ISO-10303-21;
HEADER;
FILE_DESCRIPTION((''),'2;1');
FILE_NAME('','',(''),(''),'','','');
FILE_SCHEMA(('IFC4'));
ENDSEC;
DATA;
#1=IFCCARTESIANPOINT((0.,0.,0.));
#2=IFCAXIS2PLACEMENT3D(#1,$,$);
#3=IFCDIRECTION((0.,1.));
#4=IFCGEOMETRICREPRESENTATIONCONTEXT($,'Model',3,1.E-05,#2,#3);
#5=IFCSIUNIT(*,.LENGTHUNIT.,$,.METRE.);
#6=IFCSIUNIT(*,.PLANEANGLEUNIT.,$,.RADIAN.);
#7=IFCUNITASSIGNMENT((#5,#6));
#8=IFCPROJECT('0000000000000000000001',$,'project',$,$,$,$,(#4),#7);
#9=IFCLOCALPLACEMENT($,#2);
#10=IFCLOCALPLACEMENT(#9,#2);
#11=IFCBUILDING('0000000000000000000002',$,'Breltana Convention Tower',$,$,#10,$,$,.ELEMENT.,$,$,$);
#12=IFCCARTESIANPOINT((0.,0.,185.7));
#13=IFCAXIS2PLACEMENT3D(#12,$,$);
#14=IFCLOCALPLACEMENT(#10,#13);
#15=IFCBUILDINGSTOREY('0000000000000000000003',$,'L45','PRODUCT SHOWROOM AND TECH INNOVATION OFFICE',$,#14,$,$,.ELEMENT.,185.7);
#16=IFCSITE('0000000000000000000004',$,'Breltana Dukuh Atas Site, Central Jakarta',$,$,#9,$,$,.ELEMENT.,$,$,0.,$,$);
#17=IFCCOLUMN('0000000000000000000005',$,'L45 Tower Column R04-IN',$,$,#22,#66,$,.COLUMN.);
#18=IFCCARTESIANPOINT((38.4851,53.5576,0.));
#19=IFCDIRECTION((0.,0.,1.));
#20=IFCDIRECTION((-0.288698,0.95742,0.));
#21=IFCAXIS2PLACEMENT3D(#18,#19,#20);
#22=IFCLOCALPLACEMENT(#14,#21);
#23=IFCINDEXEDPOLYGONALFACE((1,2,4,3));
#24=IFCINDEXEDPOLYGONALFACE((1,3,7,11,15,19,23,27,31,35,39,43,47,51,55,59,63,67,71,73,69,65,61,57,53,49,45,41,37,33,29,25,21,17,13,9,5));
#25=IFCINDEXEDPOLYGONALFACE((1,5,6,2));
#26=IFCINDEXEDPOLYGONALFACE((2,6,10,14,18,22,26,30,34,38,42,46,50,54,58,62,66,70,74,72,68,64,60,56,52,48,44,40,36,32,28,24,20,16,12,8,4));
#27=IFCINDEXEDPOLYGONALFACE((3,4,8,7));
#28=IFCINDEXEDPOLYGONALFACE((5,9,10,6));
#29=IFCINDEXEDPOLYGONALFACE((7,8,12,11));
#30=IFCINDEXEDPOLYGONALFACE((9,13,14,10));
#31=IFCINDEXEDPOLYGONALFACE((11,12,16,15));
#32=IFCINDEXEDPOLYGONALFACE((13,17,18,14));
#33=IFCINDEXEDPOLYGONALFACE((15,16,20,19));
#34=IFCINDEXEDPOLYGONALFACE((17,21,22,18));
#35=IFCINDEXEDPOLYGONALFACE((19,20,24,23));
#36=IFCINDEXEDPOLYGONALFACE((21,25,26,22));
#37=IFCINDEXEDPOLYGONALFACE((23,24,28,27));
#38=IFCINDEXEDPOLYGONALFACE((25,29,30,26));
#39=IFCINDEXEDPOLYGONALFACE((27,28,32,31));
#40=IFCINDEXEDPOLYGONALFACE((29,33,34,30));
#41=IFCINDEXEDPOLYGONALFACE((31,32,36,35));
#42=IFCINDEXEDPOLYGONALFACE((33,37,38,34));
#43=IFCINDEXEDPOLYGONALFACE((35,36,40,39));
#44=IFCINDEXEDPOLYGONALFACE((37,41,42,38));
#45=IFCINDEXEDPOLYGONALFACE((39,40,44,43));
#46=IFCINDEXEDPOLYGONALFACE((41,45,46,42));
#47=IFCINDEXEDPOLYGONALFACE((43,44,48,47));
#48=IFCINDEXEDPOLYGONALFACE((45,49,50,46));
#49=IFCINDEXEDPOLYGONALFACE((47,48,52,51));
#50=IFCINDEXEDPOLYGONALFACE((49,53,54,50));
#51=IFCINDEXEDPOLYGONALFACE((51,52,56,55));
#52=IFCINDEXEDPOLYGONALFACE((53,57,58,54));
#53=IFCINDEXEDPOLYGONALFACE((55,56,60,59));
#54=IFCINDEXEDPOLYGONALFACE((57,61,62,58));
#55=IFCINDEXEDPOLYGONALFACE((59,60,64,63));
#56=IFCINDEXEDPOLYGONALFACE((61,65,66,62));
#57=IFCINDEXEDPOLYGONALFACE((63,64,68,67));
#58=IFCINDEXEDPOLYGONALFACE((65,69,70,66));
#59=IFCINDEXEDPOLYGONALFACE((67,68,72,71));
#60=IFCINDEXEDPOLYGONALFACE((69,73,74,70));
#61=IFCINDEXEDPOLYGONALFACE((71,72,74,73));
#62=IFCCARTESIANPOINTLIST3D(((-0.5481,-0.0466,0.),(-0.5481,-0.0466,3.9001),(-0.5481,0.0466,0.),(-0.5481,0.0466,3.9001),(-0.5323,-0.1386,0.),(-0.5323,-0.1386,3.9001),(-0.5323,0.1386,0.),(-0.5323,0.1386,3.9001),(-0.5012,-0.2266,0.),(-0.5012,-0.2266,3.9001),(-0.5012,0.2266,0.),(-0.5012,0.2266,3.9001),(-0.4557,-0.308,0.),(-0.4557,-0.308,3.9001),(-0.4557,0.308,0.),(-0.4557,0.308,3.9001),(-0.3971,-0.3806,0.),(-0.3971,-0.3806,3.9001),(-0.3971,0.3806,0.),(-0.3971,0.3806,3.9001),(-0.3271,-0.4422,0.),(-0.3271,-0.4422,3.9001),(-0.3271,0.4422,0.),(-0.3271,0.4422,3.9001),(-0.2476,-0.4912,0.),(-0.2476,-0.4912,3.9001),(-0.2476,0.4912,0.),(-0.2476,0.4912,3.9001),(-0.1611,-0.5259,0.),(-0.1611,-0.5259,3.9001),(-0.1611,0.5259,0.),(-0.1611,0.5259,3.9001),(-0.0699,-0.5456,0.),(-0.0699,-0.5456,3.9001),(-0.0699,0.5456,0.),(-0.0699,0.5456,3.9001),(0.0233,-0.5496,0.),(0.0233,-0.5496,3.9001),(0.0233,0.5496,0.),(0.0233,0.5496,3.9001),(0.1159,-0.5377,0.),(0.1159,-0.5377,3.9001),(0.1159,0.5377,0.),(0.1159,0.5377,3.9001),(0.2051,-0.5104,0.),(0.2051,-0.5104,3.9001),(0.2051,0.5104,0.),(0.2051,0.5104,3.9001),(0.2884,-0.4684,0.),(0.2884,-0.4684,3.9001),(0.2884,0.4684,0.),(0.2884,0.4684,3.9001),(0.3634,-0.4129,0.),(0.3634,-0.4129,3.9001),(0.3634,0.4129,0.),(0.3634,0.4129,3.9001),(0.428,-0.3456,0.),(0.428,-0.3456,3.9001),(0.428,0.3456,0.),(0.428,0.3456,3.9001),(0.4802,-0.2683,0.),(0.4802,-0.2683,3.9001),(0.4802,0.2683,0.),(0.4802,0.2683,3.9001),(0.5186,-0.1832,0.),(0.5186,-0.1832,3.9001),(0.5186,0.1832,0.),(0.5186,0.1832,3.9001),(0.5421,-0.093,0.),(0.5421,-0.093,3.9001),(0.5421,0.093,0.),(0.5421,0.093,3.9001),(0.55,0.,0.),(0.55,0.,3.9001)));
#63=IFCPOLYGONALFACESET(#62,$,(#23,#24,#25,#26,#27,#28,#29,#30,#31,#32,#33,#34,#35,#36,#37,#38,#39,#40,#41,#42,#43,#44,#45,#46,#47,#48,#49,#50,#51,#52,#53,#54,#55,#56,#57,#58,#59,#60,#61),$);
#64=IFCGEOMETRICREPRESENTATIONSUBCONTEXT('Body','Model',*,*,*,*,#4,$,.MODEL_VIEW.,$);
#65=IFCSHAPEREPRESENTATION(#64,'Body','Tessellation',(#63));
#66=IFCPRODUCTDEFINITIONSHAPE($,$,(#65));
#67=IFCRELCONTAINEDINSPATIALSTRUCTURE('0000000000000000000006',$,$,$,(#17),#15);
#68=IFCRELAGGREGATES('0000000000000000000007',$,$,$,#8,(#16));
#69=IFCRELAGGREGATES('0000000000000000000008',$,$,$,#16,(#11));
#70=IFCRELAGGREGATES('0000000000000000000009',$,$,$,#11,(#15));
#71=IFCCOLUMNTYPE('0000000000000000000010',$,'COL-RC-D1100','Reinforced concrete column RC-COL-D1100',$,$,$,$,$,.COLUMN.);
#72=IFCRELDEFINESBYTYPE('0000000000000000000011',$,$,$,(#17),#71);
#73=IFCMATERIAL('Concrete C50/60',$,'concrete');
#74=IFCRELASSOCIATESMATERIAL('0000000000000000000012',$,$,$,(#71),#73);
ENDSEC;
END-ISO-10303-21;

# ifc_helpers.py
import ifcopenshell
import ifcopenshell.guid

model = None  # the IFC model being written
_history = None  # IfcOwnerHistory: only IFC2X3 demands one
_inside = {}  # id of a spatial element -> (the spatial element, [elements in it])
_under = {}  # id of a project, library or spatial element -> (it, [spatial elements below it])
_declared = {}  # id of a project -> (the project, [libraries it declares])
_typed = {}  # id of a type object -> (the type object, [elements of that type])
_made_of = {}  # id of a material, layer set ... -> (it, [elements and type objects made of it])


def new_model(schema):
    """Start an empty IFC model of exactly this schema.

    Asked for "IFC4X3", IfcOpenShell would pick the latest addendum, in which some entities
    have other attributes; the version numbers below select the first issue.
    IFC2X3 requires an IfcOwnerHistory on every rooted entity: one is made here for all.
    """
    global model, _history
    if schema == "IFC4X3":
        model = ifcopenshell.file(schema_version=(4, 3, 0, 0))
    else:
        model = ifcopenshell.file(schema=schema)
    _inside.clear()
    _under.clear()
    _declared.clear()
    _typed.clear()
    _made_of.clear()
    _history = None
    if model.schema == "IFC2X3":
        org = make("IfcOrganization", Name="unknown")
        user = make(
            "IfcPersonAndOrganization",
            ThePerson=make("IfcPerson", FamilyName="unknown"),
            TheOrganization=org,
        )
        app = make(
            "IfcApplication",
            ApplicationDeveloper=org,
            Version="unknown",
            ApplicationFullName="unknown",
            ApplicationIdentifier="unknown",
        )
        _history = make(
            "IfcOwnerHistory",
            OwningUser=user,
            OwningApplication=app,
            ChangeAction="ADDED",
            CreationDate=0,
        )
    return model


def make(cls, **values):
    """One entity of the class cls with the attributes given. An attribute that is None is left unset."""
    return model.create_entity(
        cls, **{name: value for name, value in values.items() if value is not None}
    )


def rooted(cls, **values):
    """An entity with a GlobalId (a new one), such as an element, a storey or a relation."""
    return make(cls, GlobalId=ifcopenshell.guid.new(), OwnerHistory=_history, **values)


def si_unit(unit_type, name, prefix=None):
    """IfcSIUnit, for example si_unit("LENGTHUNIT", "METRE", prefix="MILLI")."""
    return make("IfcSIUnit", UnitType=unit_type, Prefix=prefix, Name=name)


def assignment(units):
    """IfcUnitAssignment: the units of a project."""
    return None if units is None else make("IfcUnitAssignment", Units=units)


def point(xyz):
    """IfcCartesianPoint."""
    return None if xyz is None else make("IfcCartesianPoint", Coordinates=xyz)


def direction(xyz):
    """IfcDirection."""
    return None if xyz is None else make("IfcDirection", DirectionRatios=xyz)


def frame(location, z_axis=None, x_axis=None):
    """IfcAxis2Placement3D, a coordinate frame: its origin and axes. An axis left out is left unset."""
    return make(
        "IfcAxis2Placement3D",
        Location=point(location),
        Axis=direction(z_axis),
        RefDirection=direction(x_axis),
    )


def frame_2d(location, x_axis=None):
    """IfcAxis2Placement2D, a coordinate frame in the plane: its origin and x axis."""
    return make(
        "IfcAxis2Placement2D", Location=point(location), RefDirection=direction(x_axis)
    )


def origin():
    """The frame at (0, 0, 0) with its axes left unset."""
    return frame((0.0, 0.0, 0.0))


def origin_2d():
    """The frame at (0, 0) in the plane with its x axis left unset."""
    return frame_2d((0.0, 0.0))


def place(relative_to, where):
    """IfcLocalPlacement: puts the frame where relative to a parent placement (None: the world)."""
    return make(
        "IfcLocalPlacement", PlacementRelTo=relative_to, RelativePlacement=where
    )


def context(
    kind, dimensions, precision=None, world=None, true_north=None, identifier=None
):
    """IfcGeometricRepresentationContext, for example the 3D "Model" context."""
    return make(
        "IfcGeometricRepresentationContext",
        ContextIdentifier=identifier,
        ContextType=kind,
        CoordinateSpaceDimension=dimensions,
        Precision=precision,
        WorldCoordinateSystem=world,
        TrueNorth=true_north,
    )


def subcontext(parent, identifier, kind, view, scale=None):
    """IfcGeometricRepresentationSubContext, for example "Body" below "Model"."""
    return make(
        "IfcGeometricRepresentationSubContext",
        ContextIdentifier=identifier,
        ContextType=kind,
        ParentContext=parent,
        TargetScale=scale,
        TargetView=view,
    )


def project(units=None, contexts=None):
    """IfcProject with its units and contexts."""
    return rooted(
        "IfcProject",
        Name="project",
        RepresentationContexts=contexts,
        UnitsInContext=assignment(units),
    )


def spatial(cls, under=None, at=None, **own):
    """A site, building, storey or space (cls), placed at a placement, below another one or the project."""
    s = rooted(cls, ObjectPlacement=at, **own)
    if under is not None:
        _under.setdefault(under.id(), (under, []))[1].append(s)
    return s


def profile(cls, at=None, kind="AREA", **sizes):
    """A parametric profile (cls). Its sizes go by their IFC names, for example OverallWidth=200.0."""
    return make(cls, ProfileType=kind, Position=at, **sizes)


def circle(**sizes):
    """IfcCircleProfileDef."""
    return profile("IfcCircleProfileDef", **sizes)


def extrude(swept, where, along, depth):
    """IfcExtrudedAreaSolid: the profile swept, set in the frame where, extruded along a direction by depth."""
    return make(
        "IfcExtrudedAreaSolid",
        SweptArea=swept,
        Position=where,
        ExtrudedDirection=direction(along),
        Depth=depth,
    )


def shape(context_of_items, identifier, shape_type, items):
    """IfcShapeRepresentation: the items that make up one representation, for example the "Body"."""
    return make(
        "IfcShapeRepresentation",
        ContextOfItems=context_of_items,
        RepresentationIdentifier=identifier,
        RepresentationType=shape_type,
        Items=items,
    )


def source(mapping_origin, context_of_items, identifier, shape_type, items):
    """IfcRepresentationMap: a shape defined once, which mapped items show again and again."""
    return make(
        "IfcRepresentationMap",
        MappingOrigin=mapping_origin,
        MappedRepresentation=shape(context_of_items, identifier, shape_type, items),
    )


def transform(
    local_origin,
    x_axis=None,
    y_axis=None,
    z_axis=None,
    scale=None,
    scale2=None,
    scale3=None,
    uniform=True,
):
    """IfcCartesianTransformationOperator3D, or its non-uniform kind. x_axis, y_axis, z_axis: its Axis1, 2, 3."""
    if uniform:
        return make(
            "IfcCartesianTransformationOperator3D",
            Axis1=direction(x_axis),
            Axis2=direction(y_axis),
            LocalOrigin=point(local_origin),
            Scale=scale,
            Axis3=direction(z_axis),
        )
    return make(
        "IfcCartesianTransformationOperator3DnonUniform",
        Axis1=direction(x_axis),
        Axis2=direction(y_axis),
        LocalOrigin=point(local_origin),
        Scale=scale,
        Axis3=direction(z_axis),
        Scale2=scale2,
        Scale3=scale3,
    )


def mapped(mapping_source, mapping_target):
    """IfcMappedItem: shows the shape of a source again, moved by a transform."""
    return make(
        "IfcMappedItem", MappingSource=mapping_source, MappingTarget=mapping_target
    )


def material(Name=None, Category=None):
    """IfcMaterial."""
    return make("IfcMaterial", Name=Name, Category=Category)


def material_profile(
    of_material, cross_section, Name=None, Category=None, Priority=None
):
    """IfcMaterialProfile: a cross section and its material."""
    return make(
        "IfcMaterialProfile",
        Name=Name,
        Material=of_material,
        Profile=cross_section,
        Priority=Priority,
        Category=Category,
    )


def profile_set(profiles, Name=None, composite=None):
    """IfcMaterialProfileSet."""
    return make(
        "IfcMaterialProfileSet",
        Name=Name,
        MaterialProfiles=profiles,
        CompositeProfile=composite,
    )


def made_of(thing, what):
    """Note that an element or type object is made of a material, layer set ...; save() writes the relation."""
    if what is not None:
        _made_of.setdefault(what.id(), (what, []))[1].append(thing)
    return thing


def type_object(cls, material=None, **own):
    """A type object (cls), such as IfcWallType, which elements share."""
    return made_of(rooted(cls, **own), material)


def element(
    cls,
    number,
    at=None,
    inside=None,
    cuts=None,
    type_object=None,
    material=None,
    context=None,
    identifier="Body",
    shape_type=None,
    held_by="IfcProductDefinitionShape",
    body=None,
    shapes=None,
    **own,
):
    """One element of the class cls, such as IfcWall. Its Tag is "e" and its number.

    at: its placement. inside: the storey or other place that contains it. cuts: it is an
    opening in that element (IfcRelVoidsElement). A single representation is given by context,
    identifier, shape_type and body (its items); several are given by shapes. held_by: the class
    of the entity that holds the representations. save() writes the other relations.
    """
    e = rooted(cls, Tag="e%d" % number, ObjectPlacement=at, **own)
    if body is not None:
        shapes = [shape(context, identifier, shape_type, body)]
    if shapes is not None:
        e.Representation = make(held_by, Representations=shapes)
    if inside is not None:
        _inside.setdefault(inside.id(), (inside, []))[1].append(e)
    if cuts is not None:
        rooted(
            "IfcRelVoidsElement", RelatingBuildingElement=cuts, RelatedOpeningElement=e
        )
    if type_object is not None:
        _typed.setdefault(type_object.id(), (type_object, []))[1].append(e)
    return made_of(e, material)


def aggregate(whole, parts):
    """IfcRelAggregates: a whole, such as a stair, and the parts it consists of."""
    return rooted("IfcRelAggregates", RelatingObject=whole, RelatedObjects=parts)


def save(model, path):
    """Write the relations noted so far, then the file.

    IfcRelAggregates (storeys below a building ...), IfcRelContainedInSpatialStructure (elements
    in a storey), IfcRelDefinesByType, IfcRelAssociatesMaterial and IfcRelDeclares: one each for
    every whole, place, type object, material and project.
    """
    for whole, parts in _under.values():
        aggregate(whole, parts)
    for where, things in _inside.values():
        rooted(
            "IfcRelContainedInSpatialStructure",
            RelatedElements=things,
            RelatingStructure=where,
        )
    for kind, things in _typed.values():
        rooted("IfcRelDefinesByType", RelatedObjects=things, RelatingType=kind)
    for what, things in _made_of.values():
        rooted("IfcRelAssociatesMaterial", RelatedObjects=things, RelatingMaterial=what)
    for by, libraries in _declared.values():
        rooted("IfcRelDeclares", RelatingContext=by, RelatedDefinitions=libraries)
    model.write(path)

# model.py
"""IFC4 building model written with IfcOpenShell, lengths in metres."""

from ifc_helpers import new_model, si_unit, direction, frame, origin, origin_2d, place, context, subcontext, project, spatial, circle, extrude, source, transform, mapped, material, material_profile, profile_set, type_object, element, save


model = new_model("IFC4")

# Units and contexts
model_context = context("Model", 3, precision=1e-05, world=origin(), true_north=direction((0.0, 1.0)))
body_context = subcontext(model_context, "Body", "Model", "MODEL_VIEW")
ifc_project = project(units=[si_unit("LENGTHUNIT", "METRE"), si_unit("PLANEANGLEUNIT", "RADIAN")], contexts=[model_context])

# Site, building, storey
site_placement = place(None, origin())
site = spatial("IfcSite", under=ifc_project, at=site_placement, Name="Breltana Dukuh Atas Site, Central Jakarta", CompositionType="ELEMENT", RefElevation=0.0)
building_placement = place(site_placement, origin())
building = spatial("IfcBuilding", under=site, at=building_placement, Name="Breltana Convention Tower", CompositionType="ELEMENT")
storey_placement = place(building_placement, frame((0.0, 0.0, 185.7)))
storey = spatial("IfcBuildingStorey", under=building, at=storey_placement, Name="L45", Description="PRODUCT SHOWROOM AND TECH INNOVATION OFFICE", CompositionType="ELEMENT", Elevation=185.7)

# Column
ifc_material_1 = material(Name="Concrete C50/60", Category="concrete")
ifc_material_profile_1 = material_profile(ifc_material_1, circle(Radius=0.55, at=origin_2d()), Name="RC-COL-D1100")
ifc_profile_set_1 = profile_set([ifc_material_profile_1], Name="Concrete C50/60")
column_type_1 = type_object("IfcColumnType", Name="COL-RC-D1100", Description="Reinforced concrete column RC-COL-D1100", PredefinedType="COLUMN", material=ifc_profile_set_1)
shared_shape_1 = source(origin(), body_context, "Body", "SweptSolid", [
    extrude(circle(Radius=0.55, at=origin_2d()), origin(), (0.0, 0.0, 1.0), 3.9001),
])
column_1_placement = place(storey_placement, frame((38.4851, 53.5576, 0.0), z_axis=(0.0, 0.0, 1.0), x_axis=(-0.288698, 0.95742, 0.0)))
element("IfcColumn", 1, at=column_1_placement, inside=storey, type_object=column_type_1, Name="L45 Tower Column R04-IN", PredefinedType="COLUMN", context=body_context, shape_type="MappedRepresentation", body=[
    mapped(shared_shape_1, transform((0.0, 0.0, 0.0), scale=1.0)),
])

save(model, "model.ifc")
